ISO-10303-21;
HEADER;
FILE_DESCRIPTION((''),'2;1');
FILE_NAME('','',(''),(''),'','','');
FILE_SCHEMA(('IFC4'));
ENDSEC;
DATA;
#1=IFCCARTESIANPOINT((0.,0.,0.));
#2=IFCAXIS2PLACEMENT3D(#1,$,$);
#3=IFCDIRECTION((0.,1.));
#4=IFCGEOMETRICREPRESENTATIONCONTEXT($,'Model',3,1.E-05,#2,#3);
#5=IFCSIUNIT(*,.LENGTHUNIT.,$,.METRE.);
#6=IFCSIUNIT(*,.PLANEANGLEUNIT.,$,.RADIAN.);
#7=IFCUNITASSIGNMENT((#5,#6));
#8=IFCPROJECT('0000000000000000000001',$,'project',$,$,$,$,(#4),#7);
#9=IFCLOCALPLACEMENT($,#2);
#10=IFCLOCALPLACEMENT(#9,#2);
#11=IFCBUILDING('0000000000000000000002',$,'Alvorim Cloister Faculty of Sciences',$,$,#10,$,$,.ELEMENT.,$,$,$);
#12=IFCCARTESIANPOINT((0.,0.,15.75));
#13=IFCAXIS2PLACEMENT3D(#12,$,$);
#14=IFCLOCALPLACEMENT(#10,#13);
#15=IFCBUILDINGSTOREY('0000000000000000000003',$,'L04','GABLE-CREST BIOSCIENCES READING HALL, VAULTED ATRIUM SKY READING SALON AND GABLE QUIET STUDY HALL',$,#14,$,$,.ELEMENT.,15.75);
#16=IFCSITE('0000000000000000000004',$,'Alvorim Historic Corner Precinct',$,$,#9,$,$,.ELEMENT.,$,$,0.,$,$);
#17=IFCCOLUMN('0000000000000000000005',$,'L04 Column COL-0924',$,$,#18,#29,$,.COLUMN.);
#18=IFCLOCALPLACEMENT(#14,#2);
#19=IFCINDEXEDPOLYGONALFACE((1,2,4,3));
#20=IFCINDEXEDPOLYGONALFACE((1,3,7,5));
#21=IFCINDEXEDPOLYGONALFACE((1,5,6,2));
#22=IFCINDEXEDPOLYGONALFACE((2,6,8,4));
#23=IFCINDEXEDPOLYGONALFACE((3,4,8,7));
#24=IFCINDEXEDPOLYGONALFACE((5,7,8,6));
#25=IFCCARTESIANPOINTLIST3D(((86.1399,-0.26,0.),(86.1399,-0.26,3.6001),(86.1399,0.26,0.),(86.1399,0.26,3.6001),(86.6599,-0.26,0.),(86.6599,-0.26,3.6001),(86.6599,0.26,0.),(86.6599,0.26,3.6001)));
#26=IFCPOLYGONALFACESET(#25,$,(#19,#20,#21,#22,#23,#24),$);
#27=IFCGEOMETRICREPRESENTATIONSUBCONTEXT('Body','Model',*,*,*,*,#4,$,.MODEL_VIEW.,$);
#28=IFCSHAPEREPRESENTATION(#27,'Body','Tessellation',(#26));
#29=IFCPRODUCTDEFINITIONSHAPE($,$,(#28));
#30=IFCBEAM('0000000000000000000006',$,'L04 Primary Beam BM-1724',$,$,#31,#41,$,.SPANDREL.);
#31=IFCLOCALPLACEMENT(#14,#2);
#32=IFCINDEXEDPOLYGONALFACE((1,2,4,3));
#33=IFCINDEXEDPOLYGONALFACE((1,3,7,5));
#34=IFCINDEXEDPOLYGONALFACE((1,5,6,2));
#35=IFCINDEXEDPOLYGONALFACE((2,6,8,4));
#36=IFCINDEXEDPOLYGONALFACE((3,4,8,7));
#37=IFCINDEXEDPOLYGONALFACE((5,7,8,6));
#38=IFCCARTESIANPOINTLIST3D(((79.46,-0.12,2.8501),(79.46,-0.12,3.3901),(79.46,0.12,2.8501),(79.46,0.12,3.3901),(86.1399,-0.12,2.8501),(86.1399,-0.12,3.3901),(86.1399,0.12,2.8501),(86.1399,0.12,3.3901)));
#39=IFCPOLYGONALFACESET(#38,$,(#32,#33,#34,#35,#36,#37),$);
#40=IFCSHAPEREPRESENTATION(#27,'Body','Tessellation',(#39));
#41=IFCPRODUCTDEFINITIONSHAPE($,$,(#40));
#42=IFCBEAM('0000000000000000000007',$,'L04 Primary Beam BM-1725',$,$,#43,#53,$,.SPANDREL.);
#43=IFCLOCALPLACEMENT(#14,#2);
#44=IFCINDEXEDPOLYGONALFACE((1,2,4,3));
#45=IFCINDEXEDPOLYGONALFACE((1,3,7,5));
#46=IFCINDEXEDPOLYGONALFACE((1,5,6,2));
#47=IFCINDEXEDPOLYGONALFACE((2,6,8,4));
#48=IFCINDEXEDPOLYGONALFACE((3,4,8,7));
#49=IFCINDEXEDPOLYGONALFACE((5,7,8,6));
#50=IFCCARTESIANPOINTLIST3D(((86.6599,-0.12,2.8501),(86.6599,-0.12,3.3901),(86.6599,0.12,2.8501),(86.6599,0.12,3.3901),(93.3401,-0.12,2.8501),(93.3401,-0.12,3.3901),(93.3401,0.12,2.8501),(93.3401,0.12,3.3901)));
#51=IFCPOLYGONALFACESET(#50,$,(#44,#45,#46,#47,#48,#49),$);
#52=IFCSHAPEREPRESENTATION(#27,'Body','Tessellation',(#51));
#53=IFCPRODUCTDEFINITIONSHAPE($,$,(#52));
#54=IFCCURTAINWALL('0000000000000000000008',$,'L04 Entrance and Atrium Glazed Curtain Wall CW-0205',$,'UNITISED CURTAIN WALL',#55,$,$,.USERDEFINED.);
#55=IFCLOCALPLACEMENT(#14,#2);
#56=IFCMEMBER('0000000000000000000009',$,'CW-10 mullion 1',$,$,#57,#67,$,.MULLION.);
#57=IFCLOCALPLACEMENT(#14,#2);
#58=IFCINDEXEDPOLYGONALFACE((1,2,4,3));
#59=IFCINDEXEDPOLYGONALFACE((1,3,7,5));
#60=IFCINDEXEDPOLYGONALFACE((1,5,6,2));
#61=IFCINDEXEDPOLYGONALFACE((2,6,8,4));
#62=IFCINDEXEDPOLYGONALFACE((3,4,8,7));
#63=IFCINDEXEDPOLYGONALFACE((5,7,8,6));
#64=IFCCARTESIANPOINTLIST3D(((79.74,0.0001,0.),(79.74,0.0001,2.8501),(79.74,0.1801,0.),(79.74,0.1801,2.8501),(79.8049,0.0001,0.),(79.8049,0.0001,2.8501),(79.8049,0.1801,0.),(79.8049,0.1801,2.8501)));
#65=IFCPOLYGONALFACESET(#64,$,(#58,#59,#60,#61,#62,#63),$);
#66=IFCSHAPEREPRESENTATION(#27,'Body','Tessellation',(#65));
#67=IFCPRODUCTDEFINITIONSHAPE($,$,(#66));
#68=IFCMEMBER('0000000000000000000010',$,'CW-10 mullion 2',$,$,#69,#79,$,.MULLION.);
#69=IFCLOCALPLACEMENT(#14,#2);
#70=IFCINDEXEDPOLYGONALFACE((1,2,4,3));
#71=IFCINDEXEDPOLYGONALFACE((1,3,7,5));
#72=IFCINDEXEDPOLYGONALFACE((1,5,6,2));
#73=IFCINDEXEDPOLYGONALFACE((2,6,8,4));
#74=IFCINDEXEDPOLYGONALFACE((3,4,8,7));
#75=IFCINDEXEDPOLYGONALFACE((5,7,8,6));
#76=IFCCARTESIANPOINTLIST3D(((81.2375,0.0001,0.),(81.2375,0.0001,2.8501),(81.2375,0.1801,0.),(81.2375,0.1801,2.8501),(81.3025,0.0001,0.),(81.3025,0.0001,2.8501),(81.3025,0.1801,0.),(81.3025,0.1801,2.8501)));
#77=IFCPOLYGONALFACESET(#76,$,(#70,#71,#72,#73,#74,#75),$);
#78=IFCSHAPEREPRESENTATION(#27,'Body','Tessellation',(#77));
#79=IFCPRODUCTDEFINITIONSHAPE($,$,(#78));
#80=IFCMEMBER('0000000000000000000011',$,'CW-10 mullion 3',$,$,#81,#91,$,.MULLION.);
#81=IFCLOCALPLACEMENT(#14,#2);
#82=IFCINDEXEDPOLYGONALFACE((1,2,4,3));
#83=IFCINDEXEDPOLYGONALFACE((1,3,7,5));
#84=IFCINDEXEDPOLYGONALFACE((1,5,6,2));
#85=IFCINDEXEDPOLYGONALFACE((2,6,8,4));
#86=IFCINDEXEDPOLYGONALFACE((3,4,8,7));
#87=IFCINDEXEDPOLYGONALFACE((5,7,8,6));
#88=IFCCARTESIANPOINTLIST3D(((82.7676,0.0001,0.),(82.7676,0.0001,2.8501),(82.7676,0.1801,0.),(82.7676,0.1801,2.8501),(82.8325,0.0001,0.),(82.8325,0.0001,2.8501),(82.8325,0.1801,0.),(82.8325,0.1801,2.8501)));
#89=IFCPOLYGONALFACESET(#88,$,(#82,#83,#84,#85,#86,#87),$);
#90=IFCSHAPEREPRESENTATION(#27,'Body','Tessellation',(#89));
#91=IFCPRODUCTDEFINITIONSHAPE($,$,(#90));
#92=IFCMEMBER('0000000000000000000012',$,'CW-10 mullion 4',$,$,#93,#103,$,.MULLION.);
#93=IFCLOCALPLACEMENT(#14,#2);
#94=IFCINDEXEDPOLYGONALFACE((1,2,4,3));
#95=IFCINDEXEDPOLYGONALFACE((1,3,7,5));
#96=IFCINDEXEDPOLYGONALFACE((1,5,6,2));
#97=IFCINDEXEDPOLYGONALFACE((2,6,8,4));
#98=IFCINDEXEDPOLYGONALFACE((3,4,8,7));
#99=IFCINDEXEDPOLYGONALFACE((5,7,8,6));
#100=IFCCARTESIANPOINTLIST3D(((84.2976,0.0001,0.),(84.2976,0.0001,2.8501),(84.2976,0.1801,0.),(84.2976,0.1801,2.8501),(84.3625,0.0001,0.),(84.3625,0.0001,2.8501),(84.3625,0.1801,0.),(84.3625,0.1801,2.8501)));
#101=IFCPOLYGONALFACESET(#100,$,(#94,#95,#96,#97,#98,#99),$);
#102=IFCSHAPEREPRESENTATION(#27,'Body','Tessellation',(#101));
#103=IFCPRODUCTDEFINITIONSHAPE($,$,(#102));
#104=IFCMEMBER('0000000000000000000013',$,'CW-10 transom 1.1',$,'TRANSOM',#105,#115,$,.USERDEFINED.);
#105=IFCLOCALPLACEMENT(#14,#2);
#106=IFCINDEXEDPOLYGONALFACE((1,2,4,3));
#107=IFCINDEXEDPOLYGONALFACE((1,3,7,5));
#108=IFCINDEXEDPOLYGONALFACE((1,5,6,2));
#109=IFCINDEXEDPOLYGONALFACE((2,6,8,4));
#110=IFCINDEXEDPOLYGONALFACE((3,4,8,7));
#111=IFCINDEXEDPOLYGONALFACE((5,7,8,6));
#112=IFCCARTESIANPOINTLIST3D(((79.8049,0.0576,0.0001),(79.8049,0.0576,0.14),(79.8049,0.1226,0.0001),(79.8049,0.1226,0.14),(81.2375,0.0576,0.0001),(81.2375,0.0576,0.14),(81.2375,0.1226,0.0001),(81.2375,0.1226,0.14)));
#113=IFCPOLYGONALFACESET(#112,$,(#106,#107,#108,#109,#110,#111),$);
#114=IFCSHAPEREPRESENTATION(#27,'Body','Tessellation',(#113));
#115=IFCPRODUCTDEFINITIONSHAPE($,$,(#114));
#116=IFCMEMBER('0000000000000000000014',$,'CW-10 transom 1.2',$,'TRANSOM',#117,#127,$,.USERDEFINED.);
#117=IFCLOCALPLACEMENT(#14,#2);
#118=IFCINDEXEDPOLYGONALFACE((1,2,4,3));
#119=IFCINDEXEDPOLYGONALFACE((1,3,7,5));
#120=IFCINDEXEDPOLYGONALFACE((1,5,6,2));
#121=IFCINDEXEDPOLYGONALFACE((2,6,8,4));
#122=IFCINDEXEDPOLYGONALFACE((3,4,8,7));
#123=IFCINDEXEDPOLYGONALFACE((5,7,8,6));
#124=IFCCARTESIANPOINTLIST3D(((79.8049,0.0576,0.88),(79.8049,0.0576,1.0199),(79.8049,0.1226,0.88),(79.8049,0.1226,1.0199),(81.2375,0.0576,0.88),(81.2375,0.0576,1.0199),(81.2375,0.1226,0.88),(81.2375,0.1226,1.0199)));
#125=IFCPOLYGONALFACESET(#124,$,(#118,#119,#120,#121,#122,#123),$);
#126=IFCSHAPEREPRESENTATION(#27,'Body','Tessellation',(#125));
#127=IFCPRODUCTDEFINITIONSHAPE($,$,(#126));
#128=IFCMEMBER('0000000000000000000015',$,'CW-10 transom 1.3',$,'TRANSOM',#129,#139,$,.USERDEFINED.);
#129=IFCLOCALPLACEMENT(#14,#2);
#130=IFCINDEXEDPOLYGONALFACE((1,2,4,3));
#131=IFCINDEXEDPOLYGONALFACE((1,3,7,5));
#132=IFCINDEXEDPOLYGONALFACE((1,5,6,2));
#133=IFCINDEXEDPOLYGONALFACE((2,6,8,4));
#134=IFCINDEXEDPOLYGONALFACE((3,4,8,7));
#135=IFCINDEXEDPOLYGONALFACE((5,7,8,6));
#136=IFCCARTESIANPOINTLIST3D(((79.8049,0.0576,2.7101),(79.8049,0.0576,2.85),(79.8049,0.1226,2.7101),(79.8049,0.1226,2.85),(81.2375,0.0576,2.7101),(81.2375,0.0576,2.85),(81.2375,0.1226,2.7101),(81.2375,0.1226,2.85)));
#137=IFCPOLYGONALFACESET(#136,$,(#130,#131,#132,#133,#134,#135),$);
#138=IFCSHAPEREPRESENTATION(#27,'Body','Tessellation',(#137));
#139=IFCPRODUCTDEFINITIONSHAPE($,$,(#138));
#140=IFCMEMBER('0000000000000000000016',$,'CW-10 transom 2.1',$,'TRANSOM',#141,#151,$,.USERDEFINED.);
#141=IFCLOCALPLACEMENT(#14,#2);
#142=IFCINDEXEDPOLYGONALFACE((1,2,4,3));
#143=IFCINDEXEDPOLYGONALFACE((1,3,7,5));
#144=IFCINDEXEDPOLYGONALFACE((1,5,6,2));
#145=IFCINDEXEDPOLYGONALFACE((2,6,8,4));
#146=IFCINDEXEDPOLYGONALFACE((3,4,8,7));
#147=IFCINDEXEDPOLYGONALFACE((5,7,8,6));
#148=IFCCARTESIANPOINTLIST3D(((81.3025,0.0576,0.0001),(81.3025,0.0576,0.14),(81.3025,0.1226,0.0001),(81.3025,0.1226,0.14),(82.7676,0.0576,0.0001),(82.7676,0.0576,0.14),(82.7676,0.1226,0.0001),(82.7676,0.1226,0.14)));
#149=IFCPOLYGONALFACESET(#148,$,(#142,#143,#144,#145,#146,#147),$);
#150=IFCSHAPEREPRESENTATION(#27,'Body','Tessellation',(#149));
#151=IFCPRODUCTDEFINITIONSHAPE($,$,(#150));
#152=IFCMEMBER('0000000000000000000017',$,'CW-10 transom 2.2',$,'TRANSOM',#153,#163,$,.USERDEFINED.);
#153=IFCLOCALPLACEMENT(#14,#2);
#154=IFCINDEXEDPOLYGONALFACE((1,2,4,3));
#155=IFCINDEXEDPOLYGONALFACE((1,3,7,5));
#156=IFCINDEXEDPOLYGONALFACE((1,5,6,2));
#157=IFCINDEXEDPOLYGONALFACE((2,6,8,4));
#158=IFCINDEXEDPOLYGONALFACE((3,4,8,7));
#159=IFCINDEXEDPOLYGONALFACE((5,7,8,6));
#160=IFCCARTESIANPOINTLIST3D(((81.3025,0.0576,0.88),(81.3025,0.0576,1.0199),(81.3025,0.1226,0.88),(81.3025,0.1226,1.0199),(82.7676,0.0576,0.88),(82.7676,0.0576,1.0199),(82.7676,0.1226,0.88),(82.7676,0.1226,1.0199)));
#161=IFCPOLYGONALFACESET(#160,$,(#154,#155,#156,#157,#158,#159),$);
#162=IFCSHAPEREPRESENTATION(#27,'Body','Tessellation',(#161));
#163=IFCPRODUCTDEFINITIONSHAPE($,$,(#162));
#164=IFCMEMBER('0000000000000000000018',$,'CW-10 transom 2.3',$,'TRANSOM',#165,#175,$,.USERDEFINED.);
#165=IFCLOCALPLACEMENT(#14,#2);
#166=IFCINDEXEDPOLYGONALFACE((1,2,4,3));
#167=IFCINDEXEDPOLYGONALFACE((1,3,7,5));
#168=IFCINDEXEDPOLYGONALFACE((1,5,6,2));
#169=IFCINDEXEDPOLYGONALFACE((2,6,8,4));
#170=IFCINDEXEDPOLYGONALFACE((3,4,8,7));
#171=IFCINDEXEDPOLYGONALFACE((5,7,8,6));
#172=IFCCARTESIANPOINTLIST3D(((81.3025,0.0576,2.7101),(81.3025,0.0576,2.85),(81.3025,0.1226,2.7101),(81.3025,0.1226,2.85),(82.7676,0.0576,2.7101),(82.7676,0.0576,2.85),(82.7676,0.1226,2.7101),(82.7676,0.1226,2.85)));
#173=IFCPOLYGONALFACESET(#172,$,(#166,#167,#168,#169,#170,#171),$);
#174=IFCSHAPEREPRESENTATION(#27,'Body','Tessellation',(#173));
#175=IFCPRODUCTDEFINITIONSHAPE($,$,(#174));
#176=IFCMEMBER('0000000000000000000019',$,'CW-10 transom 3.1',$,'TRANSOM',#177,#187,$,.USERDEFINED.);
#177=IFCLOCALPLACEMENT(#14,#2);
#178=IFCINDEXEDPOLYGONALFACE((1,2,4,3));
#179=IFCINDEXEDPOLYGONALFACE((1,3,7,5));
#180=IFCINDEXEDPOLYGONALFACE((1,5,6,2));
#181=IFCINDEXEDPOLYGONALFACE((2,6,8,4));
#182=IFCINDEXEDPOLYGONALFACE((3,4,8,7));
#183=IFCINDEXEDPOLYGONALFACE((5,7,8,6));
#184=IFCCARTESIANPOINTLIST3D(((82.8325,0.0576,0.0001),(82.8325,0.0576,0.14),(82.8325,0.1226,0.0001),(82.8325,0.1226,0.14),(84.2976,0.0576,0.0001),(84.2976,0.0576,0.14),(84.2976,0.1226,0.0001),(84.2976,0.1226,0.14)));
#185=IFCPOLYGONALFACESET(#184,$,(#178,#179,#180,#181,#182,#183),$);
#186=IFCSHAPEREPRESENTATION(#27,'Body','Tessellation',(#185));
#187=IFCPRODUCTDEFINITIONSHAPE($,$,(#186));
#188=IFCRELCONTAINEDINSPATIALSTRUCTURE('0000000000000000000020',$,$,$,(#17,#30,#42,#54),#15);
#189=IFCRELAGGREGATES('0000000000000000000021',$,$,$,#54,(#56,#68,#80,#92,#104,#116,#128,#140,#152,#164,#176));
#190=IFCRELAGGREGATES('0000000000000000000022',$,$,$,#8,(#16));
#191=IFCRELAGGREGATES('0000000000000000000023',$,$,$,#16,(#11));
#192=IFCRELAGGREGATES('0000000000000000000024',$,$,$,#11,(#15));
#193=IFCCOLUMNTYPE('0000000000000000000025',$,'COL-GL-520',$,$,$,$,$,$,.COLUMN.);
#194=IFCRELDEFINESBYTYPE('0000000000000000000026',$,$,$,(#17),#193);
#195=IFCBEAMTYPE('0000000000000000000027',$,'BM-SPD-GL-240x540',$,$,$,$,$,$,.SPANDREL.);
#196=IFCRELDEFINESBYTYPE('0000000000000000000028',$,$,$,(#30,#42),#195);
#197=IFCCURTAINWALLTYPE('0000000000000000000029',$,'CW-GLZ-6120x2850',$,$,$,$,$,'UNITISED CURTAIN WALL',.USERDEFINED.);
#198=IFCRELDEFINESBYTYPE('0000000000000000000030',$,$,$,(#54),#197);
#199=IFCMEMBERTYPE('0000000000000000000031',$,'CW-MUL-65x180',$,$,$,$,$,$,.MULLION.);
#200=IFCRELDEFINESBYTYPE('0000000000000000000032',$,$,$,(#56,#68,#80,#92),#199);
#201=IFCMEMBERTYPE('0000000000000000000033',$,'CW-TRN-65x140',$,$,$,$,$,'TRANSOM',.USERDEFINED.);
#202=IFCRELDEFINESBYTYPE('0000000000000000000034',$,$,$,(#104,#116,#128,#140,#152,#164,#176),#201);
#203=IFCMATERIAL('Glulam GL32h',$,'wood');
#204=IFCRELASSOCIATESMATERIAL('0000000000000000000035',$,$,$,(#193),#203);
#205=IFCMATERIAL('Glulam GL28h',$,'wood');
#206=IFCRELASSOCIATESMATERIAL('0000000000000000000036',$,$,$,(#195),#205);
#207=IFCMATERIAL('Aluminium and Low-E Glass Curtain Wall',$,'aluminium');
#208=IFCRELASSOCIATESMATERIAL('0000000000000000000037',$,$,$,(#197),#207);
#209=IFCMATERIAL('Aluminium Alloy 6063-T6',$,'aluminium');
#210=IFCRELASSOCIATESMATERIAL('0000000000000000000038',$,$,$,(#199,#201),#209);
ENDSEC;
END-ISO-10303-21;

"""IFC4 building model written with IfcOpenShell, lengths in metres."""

from ifc_helpers import new_model, si_unit, direction, frame, origin, origin_2d, place, context, subcontext, project, spatial, rectangle, extrude, material, material_profile, profile_set, type_object, element, aggregate, save


model = new_model("IFC4")

# Units and contexts
model_context = context("Model", 3, precision=1e-05, world=origin(), true_north=direction((0.0, 1.0)))
body_context = subcontext(model_context, "Body", "Model", "MODEL_VIEW")
ifc_project = project(units=[si_unit("LENGTHUNIT", "METRE"), si_unit("PLANEANGLEUNIT", "RADIAN")], contexts=[model_context])

# Site, building, storey
site_placement = place(None, origin())
site = spatial("IfcSite", under=ifc_project, at=site_placement, Name="Alvorim Historic Corner Precinct", CompositionType="ELEMENT", RefElevation=0.0)
building_placement = place(site_placement, origin())
building = spatial("IfcBuilding", under=site, at=building_placement, Name="Alvorim Cloister Faculty of Sciences", CompositionType="ELEMENT")
storey_placement = place(building_placement, frame((0.0, 0.0, 15.75)))
storey = spatial("IfcBuildingStorey", under=building, at=storey_placement, Name="L04", Description="GABLE-CREST BIOSCIENCES READING HALL, VAULTED ATRIUM SKY READING SALON AND GABLE QUIET STUDY HALL", CompositionType="ELEMENT", Elevation=15.75)

# Column
ifc_material_1 = material(Name="Glulam GL32h", Category="wood")
ifc_material_profile_1 = material_profile(ifc_material_1, rectangle(XDim=0.52, YDim=0.52, at=origin_2d()), Name="GL32-COL-520x520")
ifc_profile_set_1 = profile_set([ifc_material_profile_1], Name="Glulam GL32h")
column_type = type_object("IfcColumnType", Name="COL-GL-520", PredefinedType="COLUMN", material=ifc_profile_set_1)
column_placement = place(storey_placement, frame((86.3999, 0.0, 0.0), z_axis=(0.0, 0.0, 1.0), x_axis=(1.0, 0.0, 0.0)))
element("IfcColumn", 1, at=column_placement, inside=storey, type_object=column_type, Name="L04 Column COL-0924", PredefinedType="COLUMN", context=body_context, shape_type="SweptSolid", body=[
    extrude(rectangle(XDim=0.52, YDim=0.52, at=origin_2d()), origin(), (0.0, 0.0, 1.0), 3.6001),
])

# Beams
ifc_material_2 = material(Name="Glulam GL28h", Category="wood")
ifc_material_profile_2 = material_profile(ifc_material_2, rectangle(XDim=0.24, YDim=0.54, at=origin_2d()), Name="GL28-SPD-240x540")
ifc_profile_set_2 = profile_set([ifc_material_profile_2], Name="Glulam GL28h")
beam_type = type_object("IfcBeamType", Name="BM-SPD-GL-240x540", PredefinedType="SPANDREL", material=ifc_profile_set_2)
beam_1_placement = place(storey_placement, frame((79.46, 0.0, 3.1201), z_axis=(1.0, 0.0, 0.0), x_axis=(0.0, 1.0, 0.0)))
element("IfcBeam", 2, at=beam_1_placement, inside=storey, type_object=beam_type, Name="L04 Primary Beam BM-1724", PredefinedType="SPANDREL", context=body_context, shape_type="SweptSolid", body=[
    extrude(rectangle(XDim=0.24, YDim=0.54, at=origin_2d()), origin(), (0.0, 0.0, 1.0), 6.6799),
])
beam_2_placement = place(storey_placement, frame((86.6599, 0.0, 3.1201), z_axis=(1.0, 0.0, 0.0), x_axis=(0.0, 1.0, 0.0)))
element("IfcBeam", 3, at=beam_2_placement, inside=storey, type_object=beam_type, Name="L04 Primary Beam BM-1725", PredefinedType="SPANDREL", context=body_context, shape_type="SweptSolid", body=[
    extrude(rectangle(XDim=0.24, YDim=0.54, at=origin_2d()), origin(), (0.0, 0.0, 1.0), 6.6802),
])

# Curtain wall, members
ifc_material_3 = material(Name="Aluminium and Low-E Glass Curtain Wall", Category="aluminium")
curtain_wall_type = type_object("IfcCurtainWallType", Name="CW-GLZ-6120x2850", ElementType="UNITISED CURTAIN WALL", PredefinedType="USERDEFINED", material=ifc_material_3)
curtain_wall_placement = place(storey_placement, origin())
curtain_wall = element("IfcCurtainWall", 4, at=curtain_wall_placement, inside=storey, type_object=curtain_wall_type, Name="L04 Entrance and Atrium Glazed Curtain Wall CW-0205", ObjectType="UNITISED CURTAIN WALL", PredefinedType="USERDEFINED")
ifc_material_4 = material(Name="Aluminium Alloy 6063-T6", Category="aluminium")
ifc_material_profile_3 = material_profile(ifc_material_4, rectangle(XDim=0.0649, YDim=0.1799, at=origin_2d()), Name="ALU-MUL-65x180")
ifc_profile_set_3 = profile_set([ifc_material_profile_3], Name="Aluminium Alloy 6063-T6")
member_type_1 = type_object("IfcMemberType", Name="CW-MUL-65x180", PredefinedType="MULLION", material=ifc_profile_set_3)
member_1_placement = place(storey_placement, frame((79.7725, 0.0901, 0.0), z_axis=(0.0, 0.0, 1.0), x_axis=(1.0, 0.0, 0.0)))
member_1 = element("IfcMember", 5, at=member_1_placement, type_object=member_type_1, Name="CW-10 mullion 1", PredefinedType="MULLION", context=body_context, shape_type="SweptSolid", body=[
    extrude(rectangle(XDim=0.0649, YDim=0.1799, at=origin_2d()), origin(), (0.0, 0.0, 1.0), 2.8501),
])
member_2_placement = place(storey_placement, frame((81.27, 0.0901, 0.0), z_axis=(0.0, 0.0, 1.0), x_axis=(1.0, 0.0, 0.0)))
member_2 = element("IfcMember", 6, at=member_2_placement, type_object=member_type_1, Name="CW-10 mullion 2", PredefinedType="MULLION", context=body_context, shape_type="SweptSolid", body=[
    extrude(rectangle(XDim=0.0649, YDim=0.1799, at=origin_2d()), origin(), (0.0, 0.0, 1.0), 2.8501),
])
member_3_placement = place(storey_placement, frame((82.8, 0.0901, 0.0), z_axis=(0.0, 0.0, 1.0), x_axis=(1.0, 0.0, 0.0)))
member_3 = element("IfcMember", 7, at=member_3_placement, type_object=member_type_1, Name="CW-10 mullion 3", PredefinedType="MULLION", context=body_context, shape_type="SweptSolid", body=[
    extrude(rectangle(XDim=0.0649, YDim=0.1799, at=origin_2d()), origin(), (0.0, 0.0, 1.0), 2.8501),
])
member_4_placement = place(storey_placement, frame((84.3301, 0.0901, 0.0), z_axis=(0.0, 0.0, 1.0), x_axis=(1.0, 0.0, 0.0)))
member_4 = element("IfcMember", 8, at=member_4_placement, type_object=member_type_1, Name="CW-10 mullion 4", PredefinedType="MULLION", context=body_context, shape_type="SweptSolid", body=[
    extrude(rectangle(XDim=0.0649, YDim=0.1799, at=origin_2d()), origin(), (0.0, 0.0, 1.0), 2.8501),
])
ifc_material_profile_4 = material_profile(ifc_material_4, rectangle(XDim=0.0649, YDim=0.1399, at=origin_2d()), Name="ALU-TRN-65x140")
ifc_profile_set_4 = profile_set([ifc_material_profile_4], Name="Aluminium Alloy 6063-T6")
member_type_2 = type_object("IfcMemberType", Name="CW-TRN-65x140", ElementType="TRANSOM", PredefinedType="USERDEFINED", material=ifc_profile_set_4)
member_5_placement = place(storey_placement, frame((79.8049, 0.0901, 0.0701), z_axis=(1.0, 0.0, 0.0), x_axis=(0.0, 1.0, 0.0)))
member_5 = element("IfcMember", 9, at=member_5_placement, type_object=member_type_2, Name="CW-10 transom 1.1", ObjectType="TRANSOM", PredefinedType="USERDEFINED", context=body_context, shape_type="SweptSolid", body=[
    extrude(rectangle(XDim=0.0649, YDim=0.1399, at=origin_2d()), origin(), (0.0, 0.0, 1.0), 1.4326),
])
member_6_placement = place(storey_placement, frame((79.8049, 0.0901, 0.95), z_axis=(1.0, 0.0, 0.0), x_axis=(0.0, 1.0, 0.0)))
member_6 = element("IfcMember", 10, at=member_6_placement, type_object=member_type_2, Name="CW-10 transom 1.2", ObjectType="TRANSOM", PredefinedType="USERDEFINED", context=body_context, shape_type="SweptSolid", body=[
    extrude(rectangle(XDim=0.0649, YDim=0.1399, at=origin_2d()), origin(), (0.0, 0.0, 1.0), 1.4326),
])
member_7_placement = place(storey_placement, frame((79.8049, 0.0901, 2.78), z_axis=(1.0, 0.0, 0.0), x_axis=(0.0, 1.0, 0.0)))
member_7 = element("IfcMember", 11, at=member_7_placement, type_object=member_type_2, Name="CW-10 transom 1.3", ObjectType="TRANSOM", PredefinedType="USERDEFINED", context=body_context, shape_type="SweptSolid", body=[
    extrude(rectangle(XDim=0.0649, YDim=0.1399, at=origin_2d()), origin(), (0.0, 0.0, 1.0), 1.4326),
])
member_8_placement = place(storey_placement, frame((81.3025, 0.0901, 0.0701), z_axis=(1.0, 0.0, 0.0), x_axis=(0.0, 1.0, 0.0)))
member_8 = element("IfcMember", 12, at=member_8_placement, type_object=member_type_2, Name="CW-10 transom 2.1", ObjectType="TRANSOM", PredefinedType="USERDEFINED", context=body_context, shape_type="SweptSolid", body=[
    extrude(rectangle(XDim=0.0649, YDim=0.1399, at=origin_2d()), origin(), (0.0, 0.0, 1.0), 1.4651),
])
member_9_placement = place(storey_placement, frame((81.3025, 0.0901, 0.95), z_axis=(1.0, 0.0, 0.0), x_axis=(0.0, 1.0, 0.0)))
member_9 = element("IfcMember", 13, at=member_9_placement, type_object=member_type_2, Name="CW-10 transom 2.2", ObjectType="TRANSOM", PredefinedType="USERDEFINED", context=body_context, shape_type="SweptSolid", body=[
    extrude(rectangle(XDim=0.0649, YDim=0.1399, at=origin_2d()), origin(), (0.0, 0.0, 1.0), 1.4651),
])
member_10_placement = place(storey_placement, frame((81.3025, 0.0901, 2.78), z_axis=(1.0, 0.0, 0.0), x_axis=(0.0, 1.0, 0.0)))
member_10 = element("IfcMember", 14, at=member_10_placement, type_object=member_type_2, Name="CW-10 transom 2.3", ObjectType="TRANSOM", PredefinedType="USERDEFINED", context=body_context, shape_type="SweptSolid", body=[
    extrude(rectangle(XDim=0.0649, YDim=0.1399, at=origin_2d()), origin(), (0.0, 0.0, 1.0), 1.4651),
])
member_11_placement = place(storey_placement, frame((82.8325, 0.0901, 0.0701), z_axis=(1.0, 0.0, 0.0), x_axis=(0.0, 1.0, 0.0)))
member_11 = element("IfcMember", 15, at=member_11_placement, type_object=member_type_2, Name="CW-10 transom 3.1", ObjectType="TRANSOM", PredefinedType="USERDEFINED", context=body_context, shape_type="SweptSolid", body=[
    extrude(rectangle(XDim=0.0649, YDim=0.1399, at=origin_2d()), origin(), (0.0, 0.0, 1.0), 1.4651),
])
aggregate(curtain_wall, [member_1, member_2, member_3, member_4, member_5, member_6, member_7, member_8, member_9, member_10, member_11])

save(model, "model.ifc")
